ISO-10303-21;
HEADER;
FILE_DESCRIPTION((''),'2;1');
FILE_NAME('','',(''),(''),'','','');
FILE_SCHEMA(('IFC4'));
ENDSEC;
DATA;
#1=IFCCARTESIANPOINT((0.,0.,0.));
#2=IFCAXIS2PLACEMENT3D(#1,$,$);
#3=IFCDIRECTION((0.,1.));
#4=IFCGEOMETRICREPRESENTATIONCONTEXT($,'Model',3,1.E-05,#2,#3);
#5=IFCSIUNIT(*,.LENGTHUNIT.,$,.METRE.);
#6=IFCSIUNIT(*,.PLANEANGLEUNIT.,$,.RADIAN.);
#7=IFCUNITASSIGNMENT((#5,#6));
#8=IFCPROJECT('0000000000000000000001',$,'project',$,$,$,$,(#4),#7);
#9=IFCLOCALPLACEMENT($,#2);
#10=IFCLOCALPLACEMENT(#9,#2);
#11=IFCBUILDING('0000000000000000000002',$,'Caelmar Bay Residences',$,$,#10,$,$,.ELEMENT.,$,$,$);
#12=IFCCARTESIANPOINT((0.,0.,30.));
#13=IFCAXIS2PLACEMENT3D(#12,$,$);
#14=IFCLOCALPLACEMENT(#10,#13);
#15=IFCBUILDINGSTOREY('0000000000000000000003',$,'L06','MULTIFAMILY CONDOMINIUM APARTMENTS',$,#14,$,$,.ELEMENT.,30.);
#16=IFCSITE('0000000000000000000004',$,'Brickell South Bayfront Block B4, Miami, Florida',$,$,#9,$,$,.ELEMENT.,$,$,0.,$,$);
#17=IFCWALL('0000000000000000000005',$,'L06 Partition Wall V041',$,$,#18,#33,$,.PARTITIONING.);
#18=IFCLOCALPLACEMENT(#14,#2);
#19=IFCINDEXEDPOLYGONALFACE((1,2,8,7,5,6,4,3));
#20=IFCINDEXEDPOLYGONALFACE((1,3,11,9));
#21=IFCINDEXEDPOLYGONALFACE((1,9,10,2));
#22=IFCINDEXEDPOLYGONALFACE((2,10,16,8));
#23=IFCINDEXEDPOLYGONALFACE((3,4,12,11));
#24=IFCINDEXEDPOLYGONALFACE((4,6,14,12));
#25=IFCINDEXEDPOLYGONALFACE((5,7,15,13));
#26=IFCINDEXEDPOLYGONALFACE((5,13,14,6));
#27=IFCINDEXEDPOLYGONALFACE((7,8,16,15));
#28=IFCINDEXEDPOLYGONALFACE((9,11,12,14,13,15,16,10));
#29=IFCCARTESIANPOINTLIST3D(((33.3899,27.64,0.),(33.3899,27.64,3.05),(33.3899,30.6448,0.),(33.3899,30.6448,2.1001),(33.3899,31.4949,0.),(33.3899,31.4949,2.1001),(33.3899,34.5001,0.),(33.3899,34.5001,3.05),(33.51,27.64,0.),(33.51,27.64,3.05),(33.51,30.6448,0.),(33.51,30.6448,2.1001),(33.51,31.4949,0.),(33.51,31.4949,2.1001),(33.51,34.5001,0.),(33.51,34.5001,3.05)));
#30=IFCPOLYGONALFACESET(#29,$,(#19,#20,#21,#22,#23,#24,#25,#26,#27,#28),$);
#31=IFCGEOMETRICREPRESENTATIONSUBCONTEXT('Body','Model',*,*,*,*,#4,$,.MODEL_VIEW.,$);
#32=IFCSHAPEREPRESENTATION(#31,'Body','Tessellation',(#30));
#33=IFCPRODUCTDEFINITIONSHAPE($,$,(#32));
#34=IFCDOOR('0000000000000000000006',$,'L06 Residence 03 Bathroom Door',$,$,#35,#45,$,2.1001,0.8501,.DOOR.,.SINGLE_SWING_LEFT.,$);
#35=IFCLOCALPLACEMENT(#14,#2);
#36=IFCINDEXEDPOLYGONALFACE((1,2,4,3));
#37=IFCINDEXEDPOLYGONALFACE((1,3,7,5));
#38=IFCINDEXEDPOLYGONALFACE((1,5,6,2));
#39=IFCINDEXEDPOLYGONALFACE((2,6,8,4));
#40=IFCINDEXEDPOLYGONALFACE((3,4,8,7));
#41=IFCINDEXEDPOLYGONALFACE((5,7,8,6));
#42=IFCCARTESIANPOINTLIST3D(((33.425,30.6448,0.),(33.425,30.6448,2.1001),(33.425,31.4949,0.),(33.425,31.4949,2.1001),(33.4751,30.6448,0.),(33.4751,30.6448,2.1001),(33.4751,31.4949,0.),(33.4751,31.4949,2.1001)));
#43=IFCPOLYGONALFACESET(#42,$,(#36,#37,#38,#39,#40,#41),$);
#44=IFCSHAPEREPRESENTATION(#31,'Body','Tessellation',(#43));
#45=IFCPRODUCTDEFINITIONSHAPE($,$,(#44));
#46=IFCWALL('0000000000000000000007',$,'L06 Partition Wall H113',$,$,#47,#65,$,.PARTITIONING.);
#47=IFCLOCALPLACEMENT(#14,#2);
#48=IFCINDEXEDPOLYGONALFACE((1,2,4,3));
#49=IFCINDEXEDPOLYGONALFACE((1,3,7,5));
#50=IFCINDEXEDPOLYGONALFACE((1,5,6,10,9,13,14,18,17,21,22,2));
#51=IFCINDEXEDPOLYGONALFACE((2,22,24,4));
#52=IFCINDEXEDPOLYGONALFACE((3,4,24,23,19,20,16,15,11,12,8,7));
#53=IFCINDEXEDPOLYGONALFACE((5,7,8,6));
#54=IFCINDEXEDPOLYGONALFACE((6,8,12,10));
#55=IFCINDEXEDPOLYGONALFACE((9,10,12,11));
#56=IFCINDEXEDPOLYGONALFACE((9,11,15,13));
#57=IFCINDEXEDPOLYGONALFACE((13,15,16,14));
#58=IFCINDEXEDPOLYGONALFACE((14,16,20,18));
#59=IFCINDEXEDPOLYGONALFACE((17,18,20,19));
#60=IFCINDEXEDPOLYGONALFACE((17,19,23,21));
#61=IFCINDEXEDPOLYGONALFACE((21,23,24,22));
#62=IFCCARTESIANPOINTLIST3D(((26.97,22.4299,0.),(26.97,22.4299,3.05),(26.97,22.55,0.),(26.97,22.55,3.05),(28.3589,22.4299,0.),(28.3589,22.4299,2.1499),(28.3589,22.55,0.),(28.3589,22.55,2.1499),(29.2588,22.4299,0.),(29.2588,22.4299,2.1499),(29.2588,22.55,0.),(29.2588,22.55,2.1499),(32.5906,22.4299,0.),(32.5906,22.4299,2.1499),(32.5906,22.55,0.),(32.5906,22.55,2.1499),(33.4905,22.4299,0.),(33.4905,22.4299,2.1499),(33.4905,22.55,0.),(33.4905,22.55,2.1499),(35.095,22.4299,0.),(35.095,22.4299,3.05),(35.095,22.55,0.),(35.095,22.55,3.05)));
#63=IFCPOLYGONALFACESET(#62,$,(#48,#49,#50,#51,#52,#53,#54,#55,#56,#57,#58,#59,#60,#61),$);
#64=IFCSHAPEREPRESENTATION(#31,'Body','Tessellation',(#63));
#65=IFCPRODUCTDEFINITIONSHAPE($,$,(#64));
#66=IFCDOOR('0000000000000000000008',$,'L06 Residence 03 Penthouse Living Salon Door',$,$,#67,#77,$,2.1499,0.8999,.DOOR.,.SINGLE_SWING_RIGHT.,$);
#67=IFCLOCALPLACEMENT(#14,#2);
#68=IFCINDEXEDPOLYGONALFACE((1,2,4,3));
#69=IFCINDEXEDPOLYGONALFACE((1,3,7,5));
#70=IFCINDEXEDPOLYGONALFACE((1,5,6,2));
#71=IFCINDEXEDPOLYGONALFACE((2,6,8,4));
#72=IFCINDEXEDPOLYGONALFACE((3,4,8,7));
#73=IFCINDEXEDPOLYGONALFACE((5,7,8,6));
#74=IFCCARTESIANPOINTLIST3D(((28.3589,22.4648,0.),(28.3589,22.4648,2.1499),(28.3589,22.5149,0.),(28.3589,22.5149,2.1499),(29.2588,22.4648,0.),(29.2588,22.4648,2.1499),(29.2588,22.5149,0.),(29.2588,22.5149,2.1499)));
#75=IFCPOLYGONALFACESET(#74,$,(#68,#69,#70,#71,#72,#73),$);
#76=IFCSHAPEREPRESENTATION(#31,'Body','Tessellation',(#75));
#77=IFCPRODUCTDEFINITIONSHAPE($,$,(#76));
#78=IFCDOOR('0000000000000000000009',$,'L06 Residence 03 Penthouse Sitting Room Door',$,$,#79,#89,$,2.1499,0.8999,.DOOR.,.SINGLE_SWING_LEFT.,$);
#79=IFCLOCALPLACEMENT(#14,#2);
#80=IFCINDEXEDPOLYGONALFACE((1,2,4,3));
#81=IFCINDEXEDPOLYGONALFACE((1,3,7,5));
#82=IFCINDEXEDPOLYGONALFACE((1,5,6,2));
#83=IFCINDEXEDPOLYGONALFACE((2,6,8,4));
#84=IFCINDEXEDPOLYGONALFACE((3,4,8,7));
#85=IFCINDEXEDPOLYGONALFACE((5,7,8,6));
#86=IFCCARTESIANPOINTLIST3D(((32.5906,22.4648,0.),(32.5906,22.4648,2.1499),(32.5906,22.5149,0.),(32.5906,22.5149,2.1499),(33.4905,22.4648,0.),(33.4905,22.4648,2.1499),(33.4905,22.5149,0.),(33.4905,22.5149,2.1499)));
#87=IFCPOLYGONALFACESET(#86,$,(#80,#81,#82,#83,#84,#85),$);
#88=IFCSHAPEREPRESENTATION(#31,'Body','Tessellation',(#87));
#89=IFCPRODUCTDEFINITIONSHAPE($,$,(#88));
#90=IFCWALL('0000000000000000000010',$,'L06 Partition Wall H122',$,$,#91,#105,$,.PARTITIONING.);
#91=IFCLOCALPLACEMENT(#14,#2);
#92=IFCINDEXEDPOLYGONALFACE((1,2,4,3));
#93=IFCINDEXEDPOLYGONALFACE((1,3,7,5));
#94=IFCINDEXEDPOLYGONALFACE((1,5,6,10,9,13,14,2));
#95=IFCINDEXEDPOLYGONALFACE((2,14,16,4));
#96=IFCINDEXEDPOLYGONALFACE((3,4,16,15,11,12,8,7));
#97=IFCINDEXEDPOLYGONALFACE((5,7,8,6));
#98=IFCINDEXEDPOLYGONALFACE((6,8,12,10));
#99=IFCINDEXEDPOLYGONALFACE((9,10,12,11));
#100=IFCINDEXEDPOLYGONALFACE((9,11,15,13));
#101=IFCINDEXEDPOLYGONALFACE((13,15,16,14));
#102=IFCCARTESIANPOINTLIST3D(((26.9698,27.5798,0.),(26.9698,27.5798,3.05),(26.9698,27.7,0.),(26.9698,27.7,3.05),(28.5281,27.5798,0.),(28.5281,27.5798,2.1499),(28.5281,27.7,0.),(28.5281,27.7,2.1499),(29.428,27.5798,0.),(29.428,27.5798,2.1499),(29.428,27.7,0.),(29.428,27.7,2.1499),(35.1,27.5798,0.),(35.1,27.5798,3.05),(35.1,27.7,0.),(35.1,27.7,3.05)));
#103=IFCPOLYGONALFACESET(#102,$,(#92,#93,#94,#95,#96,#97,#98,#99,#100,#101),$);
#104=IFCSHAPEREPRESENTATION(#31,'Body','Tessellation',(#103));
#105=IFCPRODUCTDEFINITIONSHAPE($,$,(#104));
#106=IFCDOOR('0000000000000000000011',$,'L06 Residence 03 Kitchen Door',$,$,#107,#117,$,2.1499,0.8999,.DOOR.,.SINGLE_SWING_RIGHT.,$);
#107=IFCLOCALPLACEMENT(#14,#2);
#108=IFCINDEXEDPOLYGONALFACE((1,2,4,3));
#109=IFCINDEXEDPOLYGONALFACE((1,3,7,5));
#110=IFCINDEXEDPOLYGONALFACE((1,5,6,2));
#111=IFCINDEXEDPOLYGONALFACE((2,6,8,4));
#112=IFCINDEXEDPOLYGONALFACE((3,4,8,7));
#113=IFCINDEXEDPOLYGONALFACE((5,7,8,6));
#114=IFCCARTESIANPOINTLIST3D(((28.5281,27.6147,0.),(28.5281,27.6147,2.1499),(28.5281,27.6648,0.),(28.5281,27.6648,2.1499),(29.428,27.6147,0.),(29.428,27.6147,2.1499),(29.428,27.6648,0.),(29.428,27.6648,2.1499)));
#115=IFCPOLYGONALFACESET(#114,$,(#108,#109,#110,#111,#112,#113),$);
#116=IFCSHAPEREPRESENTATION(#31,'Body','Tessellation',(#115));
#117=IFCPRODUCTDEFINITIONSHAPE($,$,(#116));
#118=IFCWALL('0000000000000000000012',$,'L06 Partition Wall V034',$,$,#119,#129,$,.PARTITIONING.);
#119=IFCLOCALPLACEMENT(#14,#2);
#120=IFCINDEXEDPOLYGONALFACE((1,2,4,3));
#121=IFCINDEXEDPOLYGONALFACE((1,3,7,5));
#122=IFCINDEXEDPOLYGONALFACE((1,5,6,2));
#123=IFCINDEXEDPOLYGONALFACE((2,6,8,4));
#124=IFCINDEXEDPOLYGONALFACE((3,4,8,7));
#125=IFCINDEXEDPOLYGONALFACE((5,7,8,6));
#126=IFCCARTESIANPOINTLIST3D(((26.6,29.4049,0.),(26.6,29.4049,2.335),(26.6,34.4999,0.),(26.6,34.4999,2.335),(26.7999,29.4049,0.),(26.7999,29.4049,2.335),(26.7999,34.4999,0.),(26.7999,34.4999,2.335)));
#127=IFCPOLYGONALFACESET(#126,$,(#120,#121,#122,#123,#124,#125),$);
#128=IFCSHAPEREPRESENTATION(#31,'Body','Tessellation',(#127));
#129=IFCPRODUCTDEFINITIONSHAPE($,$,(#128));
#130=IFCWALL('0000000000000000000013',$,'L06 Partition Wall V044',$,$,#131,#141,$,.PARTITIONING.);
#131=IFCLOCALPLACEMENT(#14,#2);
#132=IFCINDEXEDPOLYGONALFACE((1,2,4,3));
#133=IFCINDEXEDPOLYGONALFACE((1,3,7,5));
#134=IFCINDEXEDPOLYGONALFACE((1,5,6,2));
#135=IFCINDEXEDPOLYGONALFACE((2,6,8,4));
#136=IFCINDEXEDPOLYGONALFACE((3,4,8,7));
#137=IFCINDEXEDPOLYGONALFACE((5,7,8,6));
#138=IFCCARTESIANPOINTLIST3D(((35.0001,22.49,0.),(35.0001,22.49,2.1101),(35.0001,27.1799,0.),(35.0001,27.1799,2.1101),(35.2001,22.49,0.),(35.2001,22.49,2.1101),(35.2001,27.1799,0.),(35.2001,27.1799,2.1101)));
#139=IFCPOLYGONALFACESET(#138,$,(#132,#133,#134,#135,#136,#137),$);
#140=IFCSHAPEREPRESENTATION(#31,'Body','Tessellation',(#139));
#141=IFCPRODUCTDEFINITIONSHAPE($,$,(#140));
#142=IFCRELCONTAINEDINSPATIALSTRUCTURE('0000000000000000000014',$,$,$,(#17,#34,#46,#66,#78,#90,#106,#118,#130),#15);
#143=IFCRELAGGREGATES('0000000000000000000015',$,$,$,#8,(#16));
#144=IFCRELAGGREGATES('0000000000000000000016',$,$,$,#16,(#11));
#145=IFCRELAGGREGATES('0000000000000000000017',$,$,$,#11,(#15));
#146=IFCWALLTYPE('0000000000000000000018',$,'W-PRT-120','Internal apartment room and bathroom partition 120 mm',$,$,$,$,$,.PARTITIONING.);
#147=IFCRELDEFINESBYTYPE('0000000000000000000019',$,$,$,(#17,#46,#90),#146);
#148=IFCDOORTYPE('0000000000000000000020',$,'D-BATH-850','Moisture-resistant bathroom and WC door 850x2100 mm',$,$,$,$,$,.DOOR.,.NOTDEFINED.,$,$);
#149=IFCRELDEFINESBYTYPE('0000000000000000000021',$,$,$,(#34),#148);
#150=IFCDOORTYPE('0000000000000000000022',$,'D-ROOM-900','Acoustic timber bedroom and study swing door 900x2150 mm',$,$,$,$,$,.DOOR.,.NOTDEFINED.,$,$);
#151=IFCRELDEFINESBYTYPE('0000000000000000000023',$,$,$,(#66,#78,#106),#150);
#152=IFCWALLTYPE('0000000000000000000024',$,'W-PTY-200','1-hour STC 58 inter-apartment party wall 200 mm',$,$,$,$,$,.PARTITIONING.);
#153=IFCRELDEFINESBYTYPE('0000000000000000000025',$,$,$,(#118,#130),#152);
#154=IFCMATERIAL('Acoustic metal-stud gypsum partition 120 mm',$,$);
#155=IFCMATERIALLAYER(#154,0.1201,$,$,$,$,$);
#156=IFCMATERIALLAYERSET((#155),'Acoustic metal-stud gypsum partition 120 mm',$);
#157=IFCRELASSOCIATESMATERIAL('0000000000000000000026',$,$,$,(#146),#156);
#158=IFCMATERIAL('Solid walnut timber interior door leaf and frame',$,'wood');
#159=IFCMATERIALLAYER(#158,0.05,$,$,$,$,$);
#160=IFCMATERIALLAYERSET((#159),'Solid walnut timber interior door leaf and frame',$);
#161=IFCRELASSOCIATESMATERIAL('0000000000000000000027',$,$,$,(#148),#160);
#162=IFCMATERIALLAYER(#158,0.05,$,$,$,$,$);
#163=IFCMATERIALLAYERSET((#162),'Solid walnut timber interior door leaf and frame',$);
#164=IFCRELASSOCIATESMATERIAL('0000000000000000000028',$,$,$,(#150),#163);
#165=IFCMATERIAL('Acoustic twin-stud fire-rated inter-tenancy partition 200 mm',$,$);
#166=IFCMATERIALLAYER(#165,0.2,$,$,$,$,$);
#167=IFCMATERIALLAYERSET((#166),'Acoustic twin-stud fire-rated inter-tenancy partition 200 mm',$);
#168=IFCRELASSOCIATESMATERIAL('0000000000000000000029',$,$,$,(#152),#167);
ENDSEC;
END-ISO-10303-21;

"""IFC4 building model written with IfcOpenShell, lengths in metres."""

from ifc_helpers import new_model, si_unit, direction, frame, frame_2d, origin, place, context, subcontext, project, spatial, rectangle, extrude, material, layer, layer_set, type_object, element, fill, save


model = new_model("IFC4")

# Units and contexts
model_context = context("Model", 3, precision=1e-05, world=origin(), true_north=direction((0.0, 1.0)))
body_context = subcontext(model_context, "Body", "Model", "MODEL_VIEW")
ifc_project = project(units=[si_unit("LENGTHUNIT", "METRE"), si_unit("PLANEANGLEUNIT", "RADIAN")], contexts=[model_context])

# Site, building, storey
site_placement = place(None, origin())
site = spatial("IfcSite", under=ifc_project, at=site_placement, Name="Brickell South Bayfront Block B4, Miami, Florida", CompositionType="ELEMENT", RefElevation=0.0)
building_placement = place(site_placement, origin())
building = spatial("IfcBuilding", under=site, at=building_placement, Name="Caelmar Bay Residences", CompositionType="ELEMENT")
storey_placement = place(building_placement, frame((0.0, 0.0, 30.0)))
storey = spatial("IfcBuildingStorey", under=building, at=storey_placement, Name="L06", Description="MULTIFAMILY CONDOMINIUM APARTMENTS", CompositionType="ELEMENT", Elevation=30.0)

# Shared definitions
ifc_material_1 = material(Name="Acoustic metal-stud gypsum partition 120 mm")
ifc_layer_1 = layer(ifc_material_1, 0.1201)
ifc_layer_set_1 = layer_set([ifc_layer_1], Name="Acoustic metal-stud gypsum partition 120 mm")
wall_type_1 = type_object("IfcWallType", Name="W-PRT-120", Description="Internal apartment room and bathroom partition 120 mm", PredefinedType="PARTITIONING", material=ifc_layer_set_1)
ifc_material_2 = material(Name="Solid walnut timber interior door leaf and frame", Category="wood")
ifc_layer_2 = layer(ifc_material_2, 0.05)
ifc_layer_set_2 = layer_set([ifc_layer_2], Name="Solid walnut timber interior door leaf and frame")
door_type_1 = type_object("IfcDoorType", Name="D-BATH-850", Description="Moisture-resistant bathroom and WC door 850x2100 mm", OperationType="NOTDEFINED", PredefinedType="DOOR", material=ifc_layer_set_2)
ifc_layer_3 = layer(ifc_material_2, 0.05)
ifc_layer_set_3 = layer_set([ifc_layer_3], Name="Solid walnut timber interior door leaf and frame")
door_type_2 = type_object("IfcDoorType", Name="D-ROOM-900", Description="Acoustic timber bedroom and study swing door 900x2150 mm", OperationType="NOTDEFINED", PredefinedType="DOOR", material=ifc_layer_set_3)

# Wall, opening, door
wall_1_placement = place(storey_placement, frame((33.45, 27.6399, 0.0), z_axis=(0.0, 0.0, 1.0), x_axis=(0.0, 1.0, 0.0)))
wall_1 = element("IfcWall", 1, at=wall_1_placement, inside=storey, type_object=wall_type_1, Name="L06 Partition Wall V041", PredefinedType="PARTITIONING", context=body_context, shape_type="SweptSolid", body=[
    extrude(rectangle(XDim=6.8601, YDim=0.1201, at=frame_2d((3.4302, 0.0))), origin(), (0.0, 0.0, 1.0), 3.05),
])
opening_1_placement = place(wall_1_placement, frame((3.0049, 0.0, 0.0)))
opening_1 = element("IfcOpeningElement", 2, at=opening_1_placement, cuts=wall_1, PredefinedType="OPENING", context=body_context, shape_type="SweptSolid", body=[
    extrude(rectangle(XDim=0.8501, YDim=2.1001, at=frame_2d((0.425, 1.05))), frame((0.0, 0.0701, 0.0), z_axis=(0.0, -1.0, 0.0), x_axis=(1.0, 0.0, 0.0)), (0.0, 0.0, 1.0), 0.1401),
])
door_1_placement = place(opening_1_placement, origin())
door_1 = element("IfcDoor", 3, at=door_1_placement, inside=storey, type_object=door_type_1, Name="L06 Residence 03 Bathroom Door", OperationType="SINGLE_SWING_LEFT", OverallHeight=2.1001, OverallWidth=0.8501, PredefinedType="DOOR", context=body_context, shape_type="SweptSolid", body=[
    extrude(rectangle(XDim=0.8501, YDim=2.1001, at=frame_2d((0.425, 1.05))), frame((0.0, 0.0249, 0.0), z_axis=(0.0, -1.0, 0.0), x_axis=(1.0, 0.0, 0.0)), (0.0, 0.0, 1.0), 0.05),
])
fill(opening_1, door_1)

# Wall, openings, doors
wall_2_placement = place(storey_placement, frame((26.97, 22.49, 0.0), z_axis=(0.0, 0.0, 1.0), x_axis=(1.0, 0.0, 0.0)))
wall_2 = element("IfcWall", 4, at=wall_2_placement, inside=storey, type_object=wall_type_1, Name="L06 Partition Wall H113", PredefinedType="PARTITIONING", context=body_context, shape_type="SweptSolid", body=[
    extrude(rectangle(XDim=8.125, YDim=0.1201, at=frame_2d((4.0625, 0.0))), origin(), (0.0, 0.0, 1.0), 3.05),
])
opening_2_placement = place(wall_2_placement, frame((1.3889, 0.0, 0.0)))
opening_2 = element("IfcOpeningElement", 5, at=opening_2_placement, cuts=wall_2, PredefinedType="OPENING", context=body_context, shape_type="SweptSolid", body=[
    extrude(rectangle(XDim=0.8999, YDim=2.1499, at=frame_2d((0.45, 1.075))), frame((0.0, 0.0701, 0.0), z_axis=(0.0, -1.0, 0.0), x_axis=(1.0, 0.0, 0.0)), (0.0, 0.0, 1.0), 0.1401),
])
opening_3_placement = place(wall_2_placement, frame((5.6206, 0.0, 0.0)))
opening_3 = element("IfcOpeningElement", 6, at=opening_3_placement, cuts=wall_2, PredefinedType="OPENING", context=body_context, shape_type="SweptSolid", body=[
    extrude(rectangle(XDim=0.8999, YDim=2.1499, at=frame_2d((0.45, 1.075))), frame((0.0, 0.0701, 0.0), z_axis=(0.0, -1.0, 0.0), x_axis=(1.0, 0.0, 0.0)), (0.0, 0.0, 1.0), 0.1401),
])
door_2_placement = place(opening_2_placement, origin())
door_2 = element("IfcDoor", 7, at=door_2_placement, inside=storey, type_object=door_type_2, Name="L06 Residence 03 Penthouse Living Salon Door", OperationType="SINGLE_SWING_RIGHT", OverallHeight=2.1499, OverallWidth=0.8999, PredefinedType="DOOR", context=body_context, shape_type="SweptSolid", body=[
    extrude(rectangle(XDim=0.8999, YDim=2.1499, at=frame_2d((0.45, 1.075))), frame((0.0, 0.0249, 0.0), z_axis=(0.0, -1.0, 0.0), x_axis=(1.0, 0.0, 0.0)), (0.0, 0.0, 1.0), 0.05),
])
fill(opening_2, door_2)
door_3_placement = place(opening_3_placement, origin())
door_3 = element("IfcDoor", 8, at=door_3_placement, inside=storey, type_object=door_type_2, Name="L06 Residence 03 Penthouse Sitting Room Door", OperationType="SINGLE_SWING_LEFT", OverallHeight=2.1499, OverallWidth=0.8999, PredefinedType="DOOR", context=body_context, shape_type="SweptSolid", body=[
    extrude(rectangle(XDim=0.8999, YDim=2.1499, at=frame_2d((0.45, 1.075))), frame((0.0, 0.0249, 0.0), z_axis=(0.0, -1.0, 0.0), x_axis=(1.0, 0.0, 0.0)), (0.0, 0.0, 1.0), 0.05),
])
fill(opening_3, door_3)

# Wall, opening, door
wall_3_placement = place(storey_placement, frame((26.97, 27.6399, 0.0), z_axis=(0.0, 0.0, 1.0), x_axis=(1.0, 0.0, 0.0)))
wall_3 = element("IfcWall", 9, at=wall_3_placement, inside=storey, type_object=wall_type_1, Name="L06 Partition Wall H122", PredefinedType="PARTITIONING", context=body_context, shape_type="SweptSolid", body=[
    extrude(rectangle(XDim=8.1301, YDim=0.1201, at=frame_2d((4.0649, 0.0))), origin(), (0.0, 0.0, 1.0), 3.05),
])
opening_4_placement = place(wall_3_placement, frame((1.5581, 0.0, 0.0)))
opening_4 = element("IfcOpeningElement", 10, at=opening_4_placement, cuts=wall_3, PredefinedType="OPENING", context=body_context, shape_type="SweptSolid", body=[
    extrude(rectangle(XDim=0.8999, YDim=2.1499, at=frame_2d((0.45, 1.075))), frame((0.0, 0.0701, 0.0), z_axis=(0.0, -1.0, 0.0), x_axis=(1.0, 0.0, 0.0)), (0.0, 0.0, 1.0), 0.1401),
])
door_4_placement = place(opening_4_placement, origin())
door_4 = element("IfcDoor", 11, at=door_4_placement, inside=storey, type_object=door_type_2, Name="L06 Residence 03 Kitchen Door", OperationType="SINGLE_SWING_RIGHT", OverallHeight=2.1499, OverallWidth=0.8999, PredefinedType="DOOR", context=body_context, shape_type="SweptSolid", body=[
    extrude(rectangle(XDim=0.8999, YDim=2.1499, at=frame_2d((0.45, 1.075))), frame((0.0, 0.0249, 0.0), z_axis=(0.0, -1.0, 0.0), x_axis=(1.0, 0.0, 0.0)), (0.0, 0.0, 1.0), 0.05),
])
fill(opening_4, door_4)

# Walls
ifc_material_3 = material(Name="Acoustic twin-stud fire-rated inter-tenancy partition 200 mm")
ifc_layer_4 = layer(ifc_material_3, 0.2)
ifc_layer_set_4 = layer_set([ifc_layer_4], Name="Acoustic twin-stud fire-rated inter-tenancy partition 200 mm")
wall_type_2 = type_object("IfcWallType", Name="W-PTY-200", Description="1-hour STC 58 inter-apartment party wall 200 mm", PredefinedType="PARTITIONING", material=ifc_layer_set_4)
wall_4_placement = place(storey_placement, frame((26.7, 29.405, 0.0), z_axis=(0.0, 0.0, 1.0), x_axis=(0.0, 1.0, 0.0)))
element("IfcWall", 12, at=wall_4_placement, inside=storey, type_object=wall_type_2, Name="L06 Partition Wall V034", PredefinedType="PARTITIONING", context=body_context, shape_type="SweptSolid", body=[
    extrude(rectangle(XDim=5.095, YDim=0.2, at=frame_2d((2.5474, 0.0))), origin(), (0.0, 0.0, 1.0), 2.335),
])
wall_5_placement = place(storey_placement, frame((35.1001, 22.49, 0.0), z_axis=(0.0, 0.0, 1.0), x_axis=(0.0, 1.0, 0.0)))
element("IfcWall", 13, at=wall_5_placement, inside=storey, type_object=wall_type_2, Name="L06 Partition Wall V044", PredefinedType="PARTITIONING", context=body_context, shape_type="SweptSolid", body=[
    extrude(rectangle(XDim=4.6899, YDim=0.2, at=frame_2d((2.345, 0.0))), origin(), (0.0, 0.0, 1.0), 2.1101),
])

save(model, "model.ifc")
